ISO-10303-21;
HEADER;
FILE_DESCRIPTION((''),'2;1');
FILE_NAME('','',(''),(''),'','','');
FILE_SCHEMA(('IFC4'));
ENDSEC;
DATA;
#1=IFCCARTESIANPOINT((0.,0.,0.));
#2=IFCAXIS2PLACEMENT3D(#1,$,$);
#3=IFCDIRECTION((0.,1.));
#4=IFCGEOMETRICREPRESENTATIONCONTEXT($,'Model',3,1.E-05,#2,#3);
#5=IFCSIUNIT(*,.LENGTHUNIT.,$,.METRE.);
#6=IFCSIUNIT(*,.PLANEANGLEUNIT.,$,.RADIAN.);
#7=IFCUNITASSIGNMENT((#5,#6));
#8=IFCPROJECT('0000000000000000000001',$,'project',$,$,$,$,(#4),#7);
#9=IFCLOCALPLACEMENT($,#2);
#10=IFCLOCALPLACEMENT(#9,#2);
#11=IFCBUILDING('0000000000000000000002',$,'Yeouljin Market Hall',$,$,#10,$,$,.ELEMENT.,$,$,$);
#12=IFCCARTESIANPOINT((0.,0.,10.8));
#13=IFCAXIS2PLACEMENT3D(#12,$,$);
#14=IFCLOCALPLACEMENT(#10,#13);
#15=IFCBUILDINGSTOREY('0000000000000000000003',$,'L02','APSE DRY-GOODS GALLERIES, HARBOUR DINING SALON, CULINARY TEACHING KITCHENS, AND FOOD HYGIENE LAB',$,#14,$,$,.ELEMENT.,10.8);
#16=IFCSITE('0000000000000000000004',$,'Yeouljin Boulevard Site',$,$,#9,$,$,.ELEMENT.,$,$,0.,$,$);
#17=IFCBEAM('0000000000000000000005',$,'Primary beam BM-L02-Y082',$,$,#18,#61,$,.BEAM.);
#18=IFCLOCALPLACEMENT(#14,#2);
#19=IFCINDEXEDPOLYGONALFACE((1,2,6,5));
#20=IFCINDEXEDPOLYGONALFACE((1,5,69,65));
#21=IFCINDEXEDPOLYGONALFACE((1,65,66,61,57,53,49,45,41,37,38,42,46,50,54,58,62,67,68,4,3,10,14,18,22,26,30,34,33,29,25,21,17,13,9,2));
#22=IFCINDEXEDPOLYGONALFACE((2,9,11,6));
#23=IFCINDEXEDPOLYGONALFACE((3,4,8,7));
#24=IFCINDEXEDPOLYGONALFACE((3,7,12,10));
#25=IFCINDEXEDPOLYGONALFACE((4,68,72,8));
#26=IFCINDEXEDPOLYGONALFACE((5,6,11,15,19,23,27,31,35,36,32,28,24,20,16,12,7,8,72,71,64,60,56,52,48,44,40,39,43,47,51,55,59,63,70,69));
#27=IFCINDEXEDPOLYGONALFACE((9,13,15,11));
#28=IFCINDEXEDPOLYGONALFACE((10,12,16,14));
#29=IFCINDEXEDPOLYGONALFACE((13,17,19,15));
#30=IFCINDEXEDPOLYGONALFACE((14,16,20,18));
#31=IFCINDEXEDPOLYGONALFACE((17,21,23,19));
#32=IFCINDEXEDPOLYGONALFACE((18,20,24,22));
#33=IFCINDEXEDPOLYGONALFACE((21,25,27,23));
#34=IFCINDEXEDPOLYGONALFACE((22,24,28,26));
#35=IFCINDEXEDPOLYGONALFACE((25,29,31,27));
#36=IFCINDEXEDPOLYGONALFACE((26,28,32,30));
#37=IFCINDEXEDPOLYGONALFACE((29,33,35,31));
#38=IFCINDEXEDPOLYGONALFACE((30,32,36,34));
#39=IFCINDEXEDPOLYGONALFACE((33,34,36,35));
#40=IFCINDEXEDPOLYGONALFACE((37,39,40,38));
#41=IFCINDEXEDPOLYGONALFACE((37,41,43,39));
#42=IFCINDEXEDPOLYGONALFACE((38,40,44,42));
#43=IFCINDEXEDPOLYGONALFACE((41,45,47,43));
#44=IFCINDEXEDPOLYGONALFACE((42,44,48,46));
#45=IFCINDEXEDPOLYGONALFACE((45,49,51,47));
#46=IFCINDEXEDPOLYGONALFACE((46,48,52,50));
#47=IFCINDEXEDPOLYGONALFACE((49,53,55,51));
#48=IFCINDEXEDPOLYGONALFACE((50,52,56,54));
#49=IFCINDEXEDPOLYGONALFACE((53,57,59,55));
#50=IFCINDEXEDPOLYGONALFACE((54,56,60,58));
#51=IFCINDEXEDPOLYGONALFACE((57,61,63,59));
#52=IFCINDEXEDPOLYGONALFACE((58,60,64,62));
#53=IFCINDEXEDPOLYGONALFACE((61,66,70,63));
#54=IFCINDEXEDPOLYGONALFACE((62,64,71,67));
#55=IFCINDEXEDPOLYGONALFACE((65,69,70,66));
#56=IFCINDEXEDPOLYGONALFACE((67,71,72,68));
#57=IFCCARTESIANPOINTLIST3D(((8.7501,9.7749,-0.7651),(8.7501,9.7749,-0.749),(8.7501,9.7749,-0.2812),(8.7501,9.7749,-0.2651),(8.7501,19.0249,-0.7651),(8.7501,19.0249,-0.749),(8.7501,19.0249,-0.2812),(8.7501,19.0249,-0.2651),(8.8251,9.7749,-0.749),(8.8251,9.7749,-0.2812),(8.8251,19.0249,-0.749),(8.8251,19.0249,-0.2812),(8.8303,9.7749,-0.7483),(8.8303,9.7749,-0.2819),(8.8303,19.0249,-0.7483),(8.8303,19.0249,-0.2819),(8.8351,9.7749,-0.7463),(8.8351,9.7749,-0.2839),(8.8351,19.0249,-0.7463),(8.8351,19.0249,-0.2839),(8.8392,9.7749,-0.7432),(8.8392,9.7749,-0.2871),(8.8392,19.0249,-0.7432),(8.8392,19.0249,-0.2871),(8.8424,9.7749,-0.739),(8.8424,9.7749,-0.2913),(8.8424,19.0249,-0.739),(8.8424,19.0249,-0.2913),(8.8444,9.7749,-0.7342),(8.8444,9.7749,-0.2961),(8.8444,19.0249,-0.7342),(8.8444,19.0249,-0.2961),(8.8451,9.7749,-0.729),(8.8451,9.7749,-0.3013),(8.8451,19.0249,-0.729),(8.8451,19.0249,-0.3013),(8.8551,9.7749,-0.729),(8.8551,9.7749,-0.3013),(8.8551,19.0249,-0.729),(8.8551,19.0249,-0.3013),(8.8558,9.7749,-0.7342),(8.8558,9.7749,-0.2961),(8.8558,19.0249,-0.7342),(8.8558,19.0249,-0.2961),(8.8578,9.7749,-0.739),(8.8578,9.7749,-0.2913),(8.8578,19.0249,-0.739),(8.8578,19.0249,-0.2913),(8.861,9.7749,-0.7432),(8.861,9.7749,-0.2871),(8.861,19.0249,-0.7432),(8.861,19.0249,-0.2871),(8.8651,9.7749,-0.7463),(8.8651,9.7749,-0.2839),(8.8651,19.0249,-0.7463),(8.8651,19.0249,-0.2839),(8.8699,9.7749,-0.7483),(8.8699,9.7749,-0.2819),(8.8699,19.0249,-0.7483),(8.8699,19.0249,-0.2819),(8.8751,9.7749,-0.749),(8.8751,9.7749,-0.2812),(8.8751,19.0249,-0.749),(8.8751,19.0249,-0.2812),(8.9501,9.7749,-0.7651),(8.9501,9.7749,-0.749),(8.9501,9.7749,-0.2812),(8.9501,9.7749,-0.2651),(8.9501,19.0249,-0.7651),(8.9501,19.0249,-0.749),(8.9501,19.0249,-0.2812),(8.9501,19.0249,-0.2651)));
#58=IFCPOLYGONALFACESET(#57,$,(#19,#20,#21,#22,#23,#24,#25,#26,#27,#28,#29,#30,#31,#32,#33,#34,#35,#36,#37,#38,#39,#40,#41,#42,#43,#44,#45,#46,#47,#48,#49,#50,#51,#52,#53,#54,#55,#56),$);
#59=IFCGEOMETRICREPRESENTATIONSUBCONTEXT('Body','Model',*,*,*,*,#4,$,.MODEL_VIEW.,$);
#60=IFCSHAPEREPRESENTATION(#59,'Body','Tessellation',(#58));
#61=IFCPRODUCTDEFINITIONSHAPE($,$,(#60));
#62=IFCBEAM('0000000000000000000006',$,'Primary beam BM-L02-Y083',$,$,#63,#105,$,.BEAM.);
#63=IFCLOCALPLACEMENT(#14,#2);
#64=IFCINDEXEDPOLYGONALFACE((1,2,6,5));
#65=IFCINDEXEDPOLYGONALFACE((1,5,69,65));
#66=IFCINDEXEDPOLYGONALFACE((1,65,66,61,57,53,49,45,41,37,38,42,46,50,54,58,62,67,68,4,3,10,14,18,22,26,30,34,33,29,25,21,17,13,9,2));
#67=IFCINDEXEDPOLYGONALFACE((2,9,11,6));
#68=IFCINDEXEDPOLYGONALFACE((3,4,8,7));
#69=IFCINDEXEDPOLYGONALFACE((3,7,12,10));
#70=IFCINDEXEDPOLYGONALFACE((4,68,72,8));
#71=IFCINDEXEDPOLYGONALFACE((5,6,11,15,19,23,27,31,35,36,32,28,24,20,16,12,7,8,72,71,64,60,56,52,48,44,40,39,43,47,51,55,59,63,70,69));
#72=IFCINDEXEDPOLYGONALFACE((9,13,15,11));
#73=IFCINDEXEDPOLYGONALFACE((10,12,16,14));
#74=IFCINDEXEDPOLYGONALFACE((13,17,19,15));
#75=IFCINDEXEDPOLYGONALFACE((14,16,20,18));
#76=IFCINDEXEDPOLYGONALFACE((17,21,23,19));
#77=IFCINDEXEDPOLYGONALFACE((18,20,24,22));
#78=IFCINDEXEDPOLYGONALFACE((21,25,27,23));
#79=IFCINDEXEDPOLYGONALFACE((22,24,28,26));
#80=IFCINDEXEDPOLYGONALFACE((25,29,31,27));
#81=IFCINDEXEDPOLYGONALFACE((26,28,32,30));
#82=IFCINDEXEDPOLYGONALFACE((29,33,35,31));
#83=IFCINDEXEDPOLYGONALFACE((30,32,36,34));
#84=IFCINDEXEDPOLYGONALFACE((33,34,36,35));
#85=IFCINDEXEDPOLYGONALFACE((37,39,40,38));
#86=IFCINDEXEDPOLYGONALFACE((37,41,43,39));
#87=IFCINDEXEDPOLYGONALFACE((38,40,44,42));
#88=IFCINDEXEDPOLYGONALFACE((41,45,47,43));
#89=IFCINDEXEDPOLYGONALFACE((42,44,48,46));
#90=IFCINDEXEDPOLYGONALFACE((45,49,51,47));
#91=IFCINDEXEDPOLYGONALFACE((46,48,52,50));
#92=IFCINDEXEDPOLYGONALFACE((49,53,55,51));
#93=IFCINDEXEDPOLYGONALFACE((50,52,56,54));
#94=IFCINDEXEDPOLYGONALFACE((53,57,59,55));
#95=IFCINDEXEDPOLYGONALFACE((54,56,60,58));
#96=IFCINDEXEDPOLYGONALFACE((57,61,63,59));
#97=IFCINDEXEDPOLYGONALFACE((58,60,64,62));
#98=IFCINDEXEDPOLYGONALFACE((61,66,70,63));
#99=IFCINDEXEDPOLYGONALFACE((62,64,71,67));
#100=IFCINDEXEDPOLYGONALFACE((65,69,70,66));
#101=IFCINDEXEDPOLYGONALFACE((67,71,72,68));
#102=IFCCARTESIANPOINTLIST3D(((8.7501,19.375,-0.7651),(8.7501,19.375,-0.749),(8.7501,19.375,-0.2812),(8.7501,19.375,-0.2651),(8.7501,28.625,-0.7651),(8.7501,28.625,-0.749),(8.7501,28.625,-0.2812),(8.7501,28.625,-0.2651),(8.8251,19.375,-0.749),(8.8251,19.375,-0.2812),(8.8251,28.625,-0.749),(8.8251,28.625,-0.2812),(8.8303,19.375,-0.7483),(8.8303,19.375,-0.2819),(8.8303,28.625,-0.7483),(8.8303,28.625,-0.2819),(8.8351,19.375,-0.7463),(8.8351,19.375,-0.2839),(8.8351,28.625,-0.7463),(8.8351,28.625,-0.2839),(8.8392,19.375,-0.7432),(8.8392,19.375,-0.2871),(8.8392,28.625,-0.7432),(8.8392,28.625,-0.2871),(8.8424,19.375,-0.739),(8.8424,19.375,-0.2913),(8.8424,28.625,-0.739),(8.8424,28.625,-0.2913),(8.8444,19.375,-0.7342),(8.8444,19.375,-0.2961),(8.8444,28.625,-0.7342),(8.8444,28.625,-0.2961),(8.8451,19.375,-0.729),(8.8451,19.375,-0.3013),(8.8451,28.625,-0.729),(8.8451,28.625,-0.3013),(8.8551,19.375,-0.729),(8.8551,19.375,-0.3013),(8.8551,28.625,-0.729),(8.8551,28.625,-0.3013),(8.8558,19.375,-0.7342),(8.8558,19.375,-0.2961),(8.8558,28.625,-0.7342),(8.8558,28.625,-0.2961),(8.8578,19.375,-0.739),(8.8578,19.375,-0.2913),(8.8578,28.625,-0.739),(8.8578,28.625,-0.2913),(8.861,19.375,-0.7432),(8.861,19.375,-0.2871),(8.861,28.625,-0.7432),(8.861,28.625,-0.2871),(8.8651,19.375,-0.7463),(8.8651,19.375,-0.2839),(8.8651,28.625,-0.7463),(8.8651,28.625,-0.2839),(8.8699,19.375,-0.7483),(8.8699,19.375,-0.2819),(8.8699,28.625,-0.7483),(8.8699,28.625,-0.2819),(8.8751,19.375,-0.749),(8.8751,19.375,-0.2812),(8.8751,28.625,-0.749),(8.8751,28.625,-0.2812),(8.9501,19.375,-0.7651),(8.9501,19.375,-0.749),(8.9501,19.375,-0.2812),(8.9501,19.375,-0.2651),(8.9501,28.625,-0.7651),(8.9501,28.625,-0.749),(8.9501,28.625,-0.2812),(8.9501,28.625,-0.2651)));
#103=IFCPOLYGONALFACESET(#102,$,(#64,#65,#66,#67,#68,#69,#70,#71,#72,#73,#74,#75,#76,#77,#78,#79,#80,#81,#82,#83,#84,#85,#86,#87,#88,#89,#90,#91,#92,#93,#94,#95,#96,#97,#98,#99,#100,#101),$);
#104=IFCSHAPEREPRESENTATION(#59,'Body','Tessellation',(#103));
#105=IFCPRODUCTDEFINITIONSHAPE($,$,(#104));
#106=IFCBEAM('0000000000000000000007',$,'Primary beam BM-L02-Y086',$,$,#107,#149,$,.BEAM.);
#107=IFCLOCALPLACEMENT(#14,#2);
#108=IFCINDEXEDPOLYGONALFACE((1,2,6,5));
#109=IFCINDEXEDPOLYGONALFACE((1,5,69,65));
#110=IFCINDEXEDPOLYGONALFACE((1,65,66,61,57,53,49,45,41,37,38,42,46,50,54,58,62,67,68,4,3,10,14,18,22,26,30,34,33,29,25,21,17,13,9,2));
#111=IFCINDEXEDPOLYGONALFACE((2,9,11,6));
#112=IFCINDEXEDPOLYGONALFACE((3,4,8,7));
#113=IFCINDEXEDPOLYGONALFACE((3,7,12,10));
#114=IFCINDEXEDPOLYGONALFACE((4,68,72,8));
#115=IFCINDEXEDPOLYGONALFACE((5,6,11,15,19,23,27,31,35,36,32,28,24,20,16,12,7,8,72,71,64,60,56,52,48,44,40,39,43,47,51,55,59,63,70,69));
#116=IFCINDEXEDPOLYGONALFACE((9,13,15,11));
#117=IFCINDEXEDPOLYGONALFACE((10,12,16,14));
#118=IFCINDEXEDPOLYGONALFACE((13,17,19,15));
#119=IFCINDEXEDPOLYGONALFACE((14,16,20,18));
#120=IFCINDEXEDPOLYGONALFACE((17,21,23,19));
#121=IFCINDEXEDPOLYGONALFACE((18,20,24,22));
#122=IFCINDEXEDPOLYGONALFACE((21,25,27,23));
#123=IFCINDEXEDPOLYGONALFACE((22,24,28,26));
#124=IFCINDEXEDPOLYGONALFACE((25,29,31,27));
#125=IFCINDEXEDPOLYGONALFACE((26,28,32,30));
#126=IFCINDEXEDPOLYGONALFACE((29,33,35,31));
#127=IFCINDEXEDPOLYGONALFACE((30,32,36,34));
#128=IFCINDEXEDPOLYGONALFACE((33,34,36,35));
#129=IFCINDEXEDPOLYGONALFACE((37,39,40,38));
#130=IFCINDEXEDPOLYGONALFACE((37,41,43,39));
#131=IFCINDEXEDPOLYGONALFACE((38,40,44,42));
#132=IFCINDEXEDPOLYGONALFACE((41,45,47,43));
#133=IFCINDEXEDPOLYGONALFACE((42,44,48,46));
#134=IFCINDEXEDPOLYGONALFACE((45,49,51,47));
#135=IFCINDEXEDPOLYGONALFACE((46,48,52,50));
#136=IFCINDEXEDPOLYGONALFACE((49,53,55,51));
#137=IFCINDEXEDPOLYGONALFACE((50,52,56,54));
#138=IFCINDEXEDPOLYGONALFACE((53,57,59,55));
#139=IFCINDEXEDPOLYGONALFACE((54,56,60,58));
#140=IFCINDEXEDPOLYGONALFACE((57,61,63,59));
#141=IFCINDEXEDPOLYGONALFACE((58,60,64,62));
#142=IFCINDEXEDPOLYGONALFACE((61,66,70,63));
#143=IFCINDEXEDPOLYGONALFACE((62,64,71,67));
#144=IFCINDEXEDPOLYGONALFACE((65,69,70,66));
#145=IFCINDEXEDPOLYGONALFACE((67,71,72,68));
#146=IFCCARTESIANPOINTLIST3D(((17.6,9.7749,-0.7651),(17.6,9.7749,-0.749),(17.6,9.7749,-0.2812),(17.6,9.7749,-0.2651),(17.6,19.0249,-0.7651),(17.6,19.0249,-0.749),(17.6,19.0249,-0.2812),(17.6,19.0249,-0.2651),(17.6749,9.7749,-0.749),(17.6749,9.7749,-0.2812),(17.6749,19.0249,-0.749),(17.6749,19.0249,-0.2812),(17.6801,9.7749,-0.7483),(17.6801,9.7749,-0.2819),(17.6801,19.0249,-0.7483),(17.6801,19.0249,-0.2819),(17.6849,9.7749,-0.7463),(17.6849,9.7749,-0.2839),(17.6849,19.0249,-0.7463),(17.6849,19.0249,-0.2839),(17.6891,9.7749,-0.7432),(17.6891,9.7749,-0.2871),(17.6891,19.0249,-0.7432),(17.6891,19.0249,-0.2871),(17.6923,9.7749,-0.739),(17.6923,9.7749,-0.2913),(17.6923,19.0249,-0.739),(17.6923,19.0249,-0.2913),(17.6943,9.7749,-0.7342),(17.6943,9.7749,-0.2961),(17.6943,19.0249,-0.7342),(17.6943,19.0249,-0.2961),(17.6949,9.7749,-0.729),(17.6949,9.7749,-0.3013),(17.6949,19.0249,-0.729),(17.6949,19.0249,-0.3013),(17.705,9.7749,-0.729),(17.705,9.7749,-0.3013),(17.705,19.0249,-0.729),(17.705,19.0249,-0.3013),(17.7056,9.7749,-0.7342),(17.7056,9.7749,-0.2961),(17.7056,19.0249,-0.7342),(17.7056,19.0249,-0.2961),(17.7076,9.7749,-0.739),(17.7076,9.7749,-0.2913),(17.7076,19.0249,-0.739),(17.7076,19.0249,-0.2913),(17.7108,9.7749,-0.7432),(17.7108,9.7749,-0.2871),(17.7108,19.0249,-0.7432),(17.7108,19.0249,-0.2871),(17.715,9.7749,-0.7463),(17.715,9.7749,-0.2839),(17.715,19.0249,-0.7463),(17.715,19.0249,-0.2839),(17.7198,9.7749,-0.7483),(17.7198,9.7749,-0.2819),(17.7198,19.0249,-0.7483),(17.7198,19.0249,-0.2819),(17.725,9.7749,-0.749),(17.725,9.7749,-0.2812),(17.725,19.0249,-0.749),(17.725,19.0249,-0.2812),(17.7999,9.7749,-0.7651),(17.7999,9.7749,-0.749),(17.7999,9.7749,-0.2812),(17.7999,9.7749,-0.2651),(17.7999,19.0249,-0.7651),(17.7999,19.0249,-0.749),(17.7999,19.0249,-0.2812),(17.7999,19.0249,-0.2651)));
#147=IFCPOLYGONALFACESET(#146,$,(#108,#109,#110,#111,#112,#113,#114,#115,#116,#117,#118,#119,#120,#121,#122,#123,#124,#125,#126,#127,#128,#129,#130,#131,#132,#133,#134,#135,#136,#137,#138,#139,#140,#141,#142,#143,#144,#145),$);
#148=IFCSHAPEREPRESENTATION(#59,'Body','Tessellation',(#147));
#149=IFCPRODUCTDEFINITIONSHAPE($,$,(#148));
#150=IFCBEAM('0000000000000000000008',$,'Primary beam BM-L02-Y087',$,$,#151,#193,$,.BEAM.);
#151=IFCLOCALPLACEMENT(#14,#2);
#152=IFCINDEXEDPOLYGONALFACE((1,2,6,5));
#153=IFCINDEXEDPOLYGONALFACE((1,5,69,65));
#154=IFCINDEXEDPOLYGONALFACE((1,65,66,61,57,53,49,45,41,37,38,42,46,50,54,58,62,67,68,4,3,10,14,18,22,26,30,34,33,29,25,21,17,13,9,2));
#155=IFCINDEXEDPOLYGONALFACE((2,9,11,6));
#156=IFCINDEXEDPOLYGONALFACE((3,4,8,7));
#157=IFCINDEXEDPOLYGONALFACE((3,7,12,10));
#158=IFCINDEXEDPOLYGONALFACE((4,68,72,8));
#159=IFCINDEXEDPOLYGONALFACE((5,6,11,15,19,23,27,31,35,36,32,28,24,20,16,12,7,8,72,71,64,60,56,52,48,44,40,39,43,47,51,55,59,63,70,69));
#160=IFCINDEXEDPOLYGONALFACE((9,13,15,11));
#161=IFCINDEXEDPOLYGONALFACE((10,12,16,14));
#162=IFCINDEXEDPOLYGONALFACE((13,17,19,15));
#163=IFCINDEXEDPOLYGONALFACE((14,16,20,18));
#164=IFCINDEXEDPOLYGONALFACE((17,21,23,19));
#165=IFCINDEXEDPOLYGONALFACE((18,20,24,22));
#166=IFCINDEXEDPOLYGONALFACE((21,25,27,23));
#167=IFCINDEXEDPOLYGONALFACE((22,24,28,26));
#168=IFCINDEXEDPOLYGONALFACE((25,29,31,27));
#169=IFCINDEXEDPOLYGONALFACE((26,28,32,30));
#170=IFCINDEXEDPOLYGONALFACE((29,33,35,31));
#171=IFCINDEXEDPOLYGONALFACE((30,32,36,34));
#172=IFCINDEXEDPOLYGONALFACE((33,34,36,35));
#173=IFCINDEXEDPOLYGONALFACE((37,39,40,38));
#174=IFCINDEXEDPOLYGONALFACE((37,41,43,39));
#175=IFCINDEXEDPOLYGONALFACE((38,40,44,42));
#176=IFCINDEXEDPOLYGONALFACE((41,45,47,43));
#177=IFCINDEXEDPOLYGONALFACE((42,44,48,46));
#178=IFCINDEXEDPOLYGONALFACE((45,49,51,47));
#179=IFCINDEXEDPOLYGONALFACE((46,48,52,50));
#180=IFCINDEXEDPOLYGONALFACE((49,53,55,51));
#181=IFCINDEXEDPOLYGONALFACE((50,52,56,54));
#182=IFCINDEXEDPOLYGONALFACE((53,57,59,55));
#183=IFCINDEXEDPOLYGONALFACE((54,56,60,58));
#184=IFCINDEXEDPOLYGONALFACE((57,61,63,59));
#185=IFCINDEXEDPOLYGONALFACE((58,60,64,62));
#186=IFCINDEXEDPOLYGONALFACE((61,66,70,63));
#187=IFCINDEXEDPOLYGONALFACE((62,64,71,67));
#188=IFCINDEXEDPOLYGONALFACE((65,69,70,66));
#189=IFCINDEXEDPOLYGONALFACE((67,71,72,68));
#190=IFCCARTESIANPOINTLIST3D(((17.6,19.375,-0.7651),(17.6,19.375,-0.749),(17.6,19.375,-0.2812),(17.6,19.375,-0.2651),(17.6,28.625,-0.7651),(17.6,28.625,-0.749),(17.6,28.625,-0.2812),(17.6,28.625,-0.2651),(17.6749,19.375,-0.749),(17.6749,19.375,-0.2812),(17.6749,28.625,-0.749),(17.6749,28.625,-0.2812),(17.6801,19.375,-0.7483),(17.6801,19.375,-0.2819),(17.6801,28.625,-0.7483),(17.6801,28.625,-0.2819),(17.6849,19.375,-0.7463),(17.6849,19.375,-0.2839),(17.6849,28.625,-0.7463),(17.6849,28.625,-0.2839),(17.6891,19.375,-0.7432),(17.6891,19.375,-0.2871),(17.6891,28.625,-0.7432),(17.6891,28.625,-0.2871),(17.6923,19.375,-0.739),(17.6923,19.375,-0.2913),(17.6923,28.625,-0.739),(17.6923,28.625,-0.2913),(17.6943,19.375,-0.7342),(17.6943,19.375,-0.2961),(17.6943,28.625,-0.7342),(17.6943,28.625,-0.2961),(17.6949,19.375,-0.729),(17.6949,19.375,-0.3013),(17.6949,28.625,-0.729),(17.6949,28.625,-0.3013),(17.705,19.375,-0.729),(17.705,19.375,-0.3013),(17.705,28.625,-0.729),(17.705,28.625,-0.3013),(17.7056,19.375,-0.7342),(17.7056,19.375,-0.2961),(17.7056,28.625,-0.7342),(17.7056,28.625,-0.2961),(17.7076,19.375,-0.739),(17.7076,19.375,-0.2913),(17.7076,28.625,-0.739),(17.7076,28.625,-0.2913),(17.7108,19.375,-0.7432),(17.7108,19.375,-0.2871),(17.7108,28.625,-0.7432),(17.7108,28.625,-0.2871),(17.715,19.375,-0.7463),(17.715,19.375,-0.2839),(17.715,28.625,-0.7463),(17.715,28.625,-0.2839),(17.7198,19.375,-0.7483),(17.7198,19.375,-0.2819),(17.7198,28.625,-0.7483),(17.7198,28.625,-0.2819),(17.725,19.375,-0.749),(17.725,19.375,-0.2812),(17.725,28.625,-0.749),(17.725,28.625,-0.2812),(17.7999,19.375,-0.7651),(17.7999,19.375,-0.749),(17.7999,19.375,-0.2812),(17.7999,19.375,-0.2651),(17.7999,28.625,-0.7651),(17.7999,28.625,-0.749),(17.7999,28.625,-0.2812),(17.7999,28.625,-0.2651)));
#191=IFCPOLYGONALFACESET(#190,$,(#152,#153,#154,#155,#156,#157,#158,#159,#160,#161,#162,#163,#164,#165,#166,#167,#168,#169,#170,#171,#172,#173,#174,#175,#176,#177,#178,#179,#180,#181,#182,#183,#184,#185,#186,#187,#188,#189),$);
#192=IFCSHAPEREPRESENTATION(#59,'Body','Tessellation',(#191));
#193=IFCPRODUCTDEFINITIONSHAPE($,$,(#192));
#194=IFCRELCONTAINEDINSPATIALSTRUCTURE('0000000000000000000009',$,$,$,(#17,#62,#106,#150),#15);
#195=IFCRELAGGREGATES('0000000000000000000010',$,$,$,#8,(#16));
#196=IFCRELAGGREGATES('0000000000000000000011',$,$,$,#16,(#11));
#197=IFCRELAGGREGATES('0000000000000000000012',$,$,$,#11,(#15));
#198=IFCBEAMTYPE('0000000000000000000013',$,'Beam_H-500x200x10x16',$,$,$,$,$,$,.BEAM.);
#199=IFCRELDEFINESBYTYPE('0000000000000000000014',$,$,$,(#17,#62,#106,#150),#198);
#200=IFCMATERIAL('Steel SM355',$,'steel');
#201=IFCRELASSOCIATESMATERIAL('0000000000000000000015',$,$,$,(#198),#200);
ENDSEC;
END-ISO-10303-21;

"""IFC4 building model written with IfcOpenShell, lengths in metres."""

from ifc_helpers import new_model, si_unit, direction, frame, origin, origin_2d, place, context, subcontext, project, spatial, i_section, extrude, material, material_profile, profile_set, type_object, element, save


model = new_model("IFC4")

# Units and contexts
model_context = context("Model", 3, precision=1e-05, world=origin(), true_north=direction((0.0, 1.0)))
body_context = subcontext(model_context, "Body", "Model", "MODEL_VIEW")
ifc_project = project(units=[si_unit("LENGTHUNIT", "METRE"), si_unit("PLANEANGLEUNIT", "RADIAN")], contexts=[model_context])

# Site, building, storey
site_placement = place(None, origin())
site = spatial("IfcSite", under=ifc_project, at=site_placement, Name="Yeouljin Boulevard Site", CompositionType="ELEMENT", RefElevation=0.0)
building_placement = place(site_placement, origin())
building = spatial("IfcBuilding", under=site, at=building_placement, Name="Yeouljin Market Hall", CompositionType="ELEMENT")
storey_placement = place(building_placement, frame((0.0, 0.0, 10.8)))
storey = spatial("IfcBuildingStorey", under=building, at=storey_placement, Name="L02", Description="APSE DRY-GOODS GALLERIES, HARBOUR DINING SALON, CULINARY TEACHING KITCHENS, AND FOOD HYGIENE LAB", CompositionType="ELEMENT", Elevation=10.8)

# Beams
ifc_material_1 = material(Name="Steel SM355", Category="steel")
ifc_material_profile_1 = material_profile(ifc_material_1, i_section(OverallWidth=0.2, OverallDepth=0.5, WebThickness=0.01, FlangeThickness=0.0161, FilletRadius=0.02, at=origin_2d()), Name="H-500x200x10x16")
ifc_profile_set_1 = profile_set([ifc_material_profile_1], Name="Steel SM355")
beam_type_1 = type_object("IfcBeamType", Name="Beam_H-500x200x10x16", PredefinedType="BEAM", material=ifc_profile_set_1)
for number, where, z_axis, x_axis, name in (
    (1, (8.8501, 9.7749, -0.5151), (0.0, 1.0, 0.0), (-1.0, 0.0, 0.0), "Primary beam BM-L02-Y082"),
    (2, (8.8501, 19.375, -0.5151), (0.0, 1.0, 0.0), (-1.0, 0.0, 0.0), "Primary beam BM-L02-Y083"),
    (3, (17.7, 9.7749, -0.5151), (0.0, 1.0, 0.0), (-1.0, 0.0, 0.0), "Primary beam BM-L02-Y086"),
    (4, (17.7, 19.375, -0.5151), (0.0, 1.0, 0.0), (-1.0, 0.0, 0.0), "Primary beam BM-L02-Y087"),
):
    element("IfcBeam", number, at=place(storey_placement, frame(where, z_axis=z_axis, x_axis=x_axis)), inside=storey, type_object=beam_type_1, Name=name, PredefinedType="BEAM", context=body_context, shape_type="SweptSolid", body=[
        extrude(i_section(OverallWidth=0.2, OverallDepth=0.5, WebThickness=0.01, FlangeThickness=0.0161, FilletRadius=0.02, at=origin_2d()), origin(), (0.0, 0.0, 1.0), 9.25),
    ])

save(model, "model.ifc")
